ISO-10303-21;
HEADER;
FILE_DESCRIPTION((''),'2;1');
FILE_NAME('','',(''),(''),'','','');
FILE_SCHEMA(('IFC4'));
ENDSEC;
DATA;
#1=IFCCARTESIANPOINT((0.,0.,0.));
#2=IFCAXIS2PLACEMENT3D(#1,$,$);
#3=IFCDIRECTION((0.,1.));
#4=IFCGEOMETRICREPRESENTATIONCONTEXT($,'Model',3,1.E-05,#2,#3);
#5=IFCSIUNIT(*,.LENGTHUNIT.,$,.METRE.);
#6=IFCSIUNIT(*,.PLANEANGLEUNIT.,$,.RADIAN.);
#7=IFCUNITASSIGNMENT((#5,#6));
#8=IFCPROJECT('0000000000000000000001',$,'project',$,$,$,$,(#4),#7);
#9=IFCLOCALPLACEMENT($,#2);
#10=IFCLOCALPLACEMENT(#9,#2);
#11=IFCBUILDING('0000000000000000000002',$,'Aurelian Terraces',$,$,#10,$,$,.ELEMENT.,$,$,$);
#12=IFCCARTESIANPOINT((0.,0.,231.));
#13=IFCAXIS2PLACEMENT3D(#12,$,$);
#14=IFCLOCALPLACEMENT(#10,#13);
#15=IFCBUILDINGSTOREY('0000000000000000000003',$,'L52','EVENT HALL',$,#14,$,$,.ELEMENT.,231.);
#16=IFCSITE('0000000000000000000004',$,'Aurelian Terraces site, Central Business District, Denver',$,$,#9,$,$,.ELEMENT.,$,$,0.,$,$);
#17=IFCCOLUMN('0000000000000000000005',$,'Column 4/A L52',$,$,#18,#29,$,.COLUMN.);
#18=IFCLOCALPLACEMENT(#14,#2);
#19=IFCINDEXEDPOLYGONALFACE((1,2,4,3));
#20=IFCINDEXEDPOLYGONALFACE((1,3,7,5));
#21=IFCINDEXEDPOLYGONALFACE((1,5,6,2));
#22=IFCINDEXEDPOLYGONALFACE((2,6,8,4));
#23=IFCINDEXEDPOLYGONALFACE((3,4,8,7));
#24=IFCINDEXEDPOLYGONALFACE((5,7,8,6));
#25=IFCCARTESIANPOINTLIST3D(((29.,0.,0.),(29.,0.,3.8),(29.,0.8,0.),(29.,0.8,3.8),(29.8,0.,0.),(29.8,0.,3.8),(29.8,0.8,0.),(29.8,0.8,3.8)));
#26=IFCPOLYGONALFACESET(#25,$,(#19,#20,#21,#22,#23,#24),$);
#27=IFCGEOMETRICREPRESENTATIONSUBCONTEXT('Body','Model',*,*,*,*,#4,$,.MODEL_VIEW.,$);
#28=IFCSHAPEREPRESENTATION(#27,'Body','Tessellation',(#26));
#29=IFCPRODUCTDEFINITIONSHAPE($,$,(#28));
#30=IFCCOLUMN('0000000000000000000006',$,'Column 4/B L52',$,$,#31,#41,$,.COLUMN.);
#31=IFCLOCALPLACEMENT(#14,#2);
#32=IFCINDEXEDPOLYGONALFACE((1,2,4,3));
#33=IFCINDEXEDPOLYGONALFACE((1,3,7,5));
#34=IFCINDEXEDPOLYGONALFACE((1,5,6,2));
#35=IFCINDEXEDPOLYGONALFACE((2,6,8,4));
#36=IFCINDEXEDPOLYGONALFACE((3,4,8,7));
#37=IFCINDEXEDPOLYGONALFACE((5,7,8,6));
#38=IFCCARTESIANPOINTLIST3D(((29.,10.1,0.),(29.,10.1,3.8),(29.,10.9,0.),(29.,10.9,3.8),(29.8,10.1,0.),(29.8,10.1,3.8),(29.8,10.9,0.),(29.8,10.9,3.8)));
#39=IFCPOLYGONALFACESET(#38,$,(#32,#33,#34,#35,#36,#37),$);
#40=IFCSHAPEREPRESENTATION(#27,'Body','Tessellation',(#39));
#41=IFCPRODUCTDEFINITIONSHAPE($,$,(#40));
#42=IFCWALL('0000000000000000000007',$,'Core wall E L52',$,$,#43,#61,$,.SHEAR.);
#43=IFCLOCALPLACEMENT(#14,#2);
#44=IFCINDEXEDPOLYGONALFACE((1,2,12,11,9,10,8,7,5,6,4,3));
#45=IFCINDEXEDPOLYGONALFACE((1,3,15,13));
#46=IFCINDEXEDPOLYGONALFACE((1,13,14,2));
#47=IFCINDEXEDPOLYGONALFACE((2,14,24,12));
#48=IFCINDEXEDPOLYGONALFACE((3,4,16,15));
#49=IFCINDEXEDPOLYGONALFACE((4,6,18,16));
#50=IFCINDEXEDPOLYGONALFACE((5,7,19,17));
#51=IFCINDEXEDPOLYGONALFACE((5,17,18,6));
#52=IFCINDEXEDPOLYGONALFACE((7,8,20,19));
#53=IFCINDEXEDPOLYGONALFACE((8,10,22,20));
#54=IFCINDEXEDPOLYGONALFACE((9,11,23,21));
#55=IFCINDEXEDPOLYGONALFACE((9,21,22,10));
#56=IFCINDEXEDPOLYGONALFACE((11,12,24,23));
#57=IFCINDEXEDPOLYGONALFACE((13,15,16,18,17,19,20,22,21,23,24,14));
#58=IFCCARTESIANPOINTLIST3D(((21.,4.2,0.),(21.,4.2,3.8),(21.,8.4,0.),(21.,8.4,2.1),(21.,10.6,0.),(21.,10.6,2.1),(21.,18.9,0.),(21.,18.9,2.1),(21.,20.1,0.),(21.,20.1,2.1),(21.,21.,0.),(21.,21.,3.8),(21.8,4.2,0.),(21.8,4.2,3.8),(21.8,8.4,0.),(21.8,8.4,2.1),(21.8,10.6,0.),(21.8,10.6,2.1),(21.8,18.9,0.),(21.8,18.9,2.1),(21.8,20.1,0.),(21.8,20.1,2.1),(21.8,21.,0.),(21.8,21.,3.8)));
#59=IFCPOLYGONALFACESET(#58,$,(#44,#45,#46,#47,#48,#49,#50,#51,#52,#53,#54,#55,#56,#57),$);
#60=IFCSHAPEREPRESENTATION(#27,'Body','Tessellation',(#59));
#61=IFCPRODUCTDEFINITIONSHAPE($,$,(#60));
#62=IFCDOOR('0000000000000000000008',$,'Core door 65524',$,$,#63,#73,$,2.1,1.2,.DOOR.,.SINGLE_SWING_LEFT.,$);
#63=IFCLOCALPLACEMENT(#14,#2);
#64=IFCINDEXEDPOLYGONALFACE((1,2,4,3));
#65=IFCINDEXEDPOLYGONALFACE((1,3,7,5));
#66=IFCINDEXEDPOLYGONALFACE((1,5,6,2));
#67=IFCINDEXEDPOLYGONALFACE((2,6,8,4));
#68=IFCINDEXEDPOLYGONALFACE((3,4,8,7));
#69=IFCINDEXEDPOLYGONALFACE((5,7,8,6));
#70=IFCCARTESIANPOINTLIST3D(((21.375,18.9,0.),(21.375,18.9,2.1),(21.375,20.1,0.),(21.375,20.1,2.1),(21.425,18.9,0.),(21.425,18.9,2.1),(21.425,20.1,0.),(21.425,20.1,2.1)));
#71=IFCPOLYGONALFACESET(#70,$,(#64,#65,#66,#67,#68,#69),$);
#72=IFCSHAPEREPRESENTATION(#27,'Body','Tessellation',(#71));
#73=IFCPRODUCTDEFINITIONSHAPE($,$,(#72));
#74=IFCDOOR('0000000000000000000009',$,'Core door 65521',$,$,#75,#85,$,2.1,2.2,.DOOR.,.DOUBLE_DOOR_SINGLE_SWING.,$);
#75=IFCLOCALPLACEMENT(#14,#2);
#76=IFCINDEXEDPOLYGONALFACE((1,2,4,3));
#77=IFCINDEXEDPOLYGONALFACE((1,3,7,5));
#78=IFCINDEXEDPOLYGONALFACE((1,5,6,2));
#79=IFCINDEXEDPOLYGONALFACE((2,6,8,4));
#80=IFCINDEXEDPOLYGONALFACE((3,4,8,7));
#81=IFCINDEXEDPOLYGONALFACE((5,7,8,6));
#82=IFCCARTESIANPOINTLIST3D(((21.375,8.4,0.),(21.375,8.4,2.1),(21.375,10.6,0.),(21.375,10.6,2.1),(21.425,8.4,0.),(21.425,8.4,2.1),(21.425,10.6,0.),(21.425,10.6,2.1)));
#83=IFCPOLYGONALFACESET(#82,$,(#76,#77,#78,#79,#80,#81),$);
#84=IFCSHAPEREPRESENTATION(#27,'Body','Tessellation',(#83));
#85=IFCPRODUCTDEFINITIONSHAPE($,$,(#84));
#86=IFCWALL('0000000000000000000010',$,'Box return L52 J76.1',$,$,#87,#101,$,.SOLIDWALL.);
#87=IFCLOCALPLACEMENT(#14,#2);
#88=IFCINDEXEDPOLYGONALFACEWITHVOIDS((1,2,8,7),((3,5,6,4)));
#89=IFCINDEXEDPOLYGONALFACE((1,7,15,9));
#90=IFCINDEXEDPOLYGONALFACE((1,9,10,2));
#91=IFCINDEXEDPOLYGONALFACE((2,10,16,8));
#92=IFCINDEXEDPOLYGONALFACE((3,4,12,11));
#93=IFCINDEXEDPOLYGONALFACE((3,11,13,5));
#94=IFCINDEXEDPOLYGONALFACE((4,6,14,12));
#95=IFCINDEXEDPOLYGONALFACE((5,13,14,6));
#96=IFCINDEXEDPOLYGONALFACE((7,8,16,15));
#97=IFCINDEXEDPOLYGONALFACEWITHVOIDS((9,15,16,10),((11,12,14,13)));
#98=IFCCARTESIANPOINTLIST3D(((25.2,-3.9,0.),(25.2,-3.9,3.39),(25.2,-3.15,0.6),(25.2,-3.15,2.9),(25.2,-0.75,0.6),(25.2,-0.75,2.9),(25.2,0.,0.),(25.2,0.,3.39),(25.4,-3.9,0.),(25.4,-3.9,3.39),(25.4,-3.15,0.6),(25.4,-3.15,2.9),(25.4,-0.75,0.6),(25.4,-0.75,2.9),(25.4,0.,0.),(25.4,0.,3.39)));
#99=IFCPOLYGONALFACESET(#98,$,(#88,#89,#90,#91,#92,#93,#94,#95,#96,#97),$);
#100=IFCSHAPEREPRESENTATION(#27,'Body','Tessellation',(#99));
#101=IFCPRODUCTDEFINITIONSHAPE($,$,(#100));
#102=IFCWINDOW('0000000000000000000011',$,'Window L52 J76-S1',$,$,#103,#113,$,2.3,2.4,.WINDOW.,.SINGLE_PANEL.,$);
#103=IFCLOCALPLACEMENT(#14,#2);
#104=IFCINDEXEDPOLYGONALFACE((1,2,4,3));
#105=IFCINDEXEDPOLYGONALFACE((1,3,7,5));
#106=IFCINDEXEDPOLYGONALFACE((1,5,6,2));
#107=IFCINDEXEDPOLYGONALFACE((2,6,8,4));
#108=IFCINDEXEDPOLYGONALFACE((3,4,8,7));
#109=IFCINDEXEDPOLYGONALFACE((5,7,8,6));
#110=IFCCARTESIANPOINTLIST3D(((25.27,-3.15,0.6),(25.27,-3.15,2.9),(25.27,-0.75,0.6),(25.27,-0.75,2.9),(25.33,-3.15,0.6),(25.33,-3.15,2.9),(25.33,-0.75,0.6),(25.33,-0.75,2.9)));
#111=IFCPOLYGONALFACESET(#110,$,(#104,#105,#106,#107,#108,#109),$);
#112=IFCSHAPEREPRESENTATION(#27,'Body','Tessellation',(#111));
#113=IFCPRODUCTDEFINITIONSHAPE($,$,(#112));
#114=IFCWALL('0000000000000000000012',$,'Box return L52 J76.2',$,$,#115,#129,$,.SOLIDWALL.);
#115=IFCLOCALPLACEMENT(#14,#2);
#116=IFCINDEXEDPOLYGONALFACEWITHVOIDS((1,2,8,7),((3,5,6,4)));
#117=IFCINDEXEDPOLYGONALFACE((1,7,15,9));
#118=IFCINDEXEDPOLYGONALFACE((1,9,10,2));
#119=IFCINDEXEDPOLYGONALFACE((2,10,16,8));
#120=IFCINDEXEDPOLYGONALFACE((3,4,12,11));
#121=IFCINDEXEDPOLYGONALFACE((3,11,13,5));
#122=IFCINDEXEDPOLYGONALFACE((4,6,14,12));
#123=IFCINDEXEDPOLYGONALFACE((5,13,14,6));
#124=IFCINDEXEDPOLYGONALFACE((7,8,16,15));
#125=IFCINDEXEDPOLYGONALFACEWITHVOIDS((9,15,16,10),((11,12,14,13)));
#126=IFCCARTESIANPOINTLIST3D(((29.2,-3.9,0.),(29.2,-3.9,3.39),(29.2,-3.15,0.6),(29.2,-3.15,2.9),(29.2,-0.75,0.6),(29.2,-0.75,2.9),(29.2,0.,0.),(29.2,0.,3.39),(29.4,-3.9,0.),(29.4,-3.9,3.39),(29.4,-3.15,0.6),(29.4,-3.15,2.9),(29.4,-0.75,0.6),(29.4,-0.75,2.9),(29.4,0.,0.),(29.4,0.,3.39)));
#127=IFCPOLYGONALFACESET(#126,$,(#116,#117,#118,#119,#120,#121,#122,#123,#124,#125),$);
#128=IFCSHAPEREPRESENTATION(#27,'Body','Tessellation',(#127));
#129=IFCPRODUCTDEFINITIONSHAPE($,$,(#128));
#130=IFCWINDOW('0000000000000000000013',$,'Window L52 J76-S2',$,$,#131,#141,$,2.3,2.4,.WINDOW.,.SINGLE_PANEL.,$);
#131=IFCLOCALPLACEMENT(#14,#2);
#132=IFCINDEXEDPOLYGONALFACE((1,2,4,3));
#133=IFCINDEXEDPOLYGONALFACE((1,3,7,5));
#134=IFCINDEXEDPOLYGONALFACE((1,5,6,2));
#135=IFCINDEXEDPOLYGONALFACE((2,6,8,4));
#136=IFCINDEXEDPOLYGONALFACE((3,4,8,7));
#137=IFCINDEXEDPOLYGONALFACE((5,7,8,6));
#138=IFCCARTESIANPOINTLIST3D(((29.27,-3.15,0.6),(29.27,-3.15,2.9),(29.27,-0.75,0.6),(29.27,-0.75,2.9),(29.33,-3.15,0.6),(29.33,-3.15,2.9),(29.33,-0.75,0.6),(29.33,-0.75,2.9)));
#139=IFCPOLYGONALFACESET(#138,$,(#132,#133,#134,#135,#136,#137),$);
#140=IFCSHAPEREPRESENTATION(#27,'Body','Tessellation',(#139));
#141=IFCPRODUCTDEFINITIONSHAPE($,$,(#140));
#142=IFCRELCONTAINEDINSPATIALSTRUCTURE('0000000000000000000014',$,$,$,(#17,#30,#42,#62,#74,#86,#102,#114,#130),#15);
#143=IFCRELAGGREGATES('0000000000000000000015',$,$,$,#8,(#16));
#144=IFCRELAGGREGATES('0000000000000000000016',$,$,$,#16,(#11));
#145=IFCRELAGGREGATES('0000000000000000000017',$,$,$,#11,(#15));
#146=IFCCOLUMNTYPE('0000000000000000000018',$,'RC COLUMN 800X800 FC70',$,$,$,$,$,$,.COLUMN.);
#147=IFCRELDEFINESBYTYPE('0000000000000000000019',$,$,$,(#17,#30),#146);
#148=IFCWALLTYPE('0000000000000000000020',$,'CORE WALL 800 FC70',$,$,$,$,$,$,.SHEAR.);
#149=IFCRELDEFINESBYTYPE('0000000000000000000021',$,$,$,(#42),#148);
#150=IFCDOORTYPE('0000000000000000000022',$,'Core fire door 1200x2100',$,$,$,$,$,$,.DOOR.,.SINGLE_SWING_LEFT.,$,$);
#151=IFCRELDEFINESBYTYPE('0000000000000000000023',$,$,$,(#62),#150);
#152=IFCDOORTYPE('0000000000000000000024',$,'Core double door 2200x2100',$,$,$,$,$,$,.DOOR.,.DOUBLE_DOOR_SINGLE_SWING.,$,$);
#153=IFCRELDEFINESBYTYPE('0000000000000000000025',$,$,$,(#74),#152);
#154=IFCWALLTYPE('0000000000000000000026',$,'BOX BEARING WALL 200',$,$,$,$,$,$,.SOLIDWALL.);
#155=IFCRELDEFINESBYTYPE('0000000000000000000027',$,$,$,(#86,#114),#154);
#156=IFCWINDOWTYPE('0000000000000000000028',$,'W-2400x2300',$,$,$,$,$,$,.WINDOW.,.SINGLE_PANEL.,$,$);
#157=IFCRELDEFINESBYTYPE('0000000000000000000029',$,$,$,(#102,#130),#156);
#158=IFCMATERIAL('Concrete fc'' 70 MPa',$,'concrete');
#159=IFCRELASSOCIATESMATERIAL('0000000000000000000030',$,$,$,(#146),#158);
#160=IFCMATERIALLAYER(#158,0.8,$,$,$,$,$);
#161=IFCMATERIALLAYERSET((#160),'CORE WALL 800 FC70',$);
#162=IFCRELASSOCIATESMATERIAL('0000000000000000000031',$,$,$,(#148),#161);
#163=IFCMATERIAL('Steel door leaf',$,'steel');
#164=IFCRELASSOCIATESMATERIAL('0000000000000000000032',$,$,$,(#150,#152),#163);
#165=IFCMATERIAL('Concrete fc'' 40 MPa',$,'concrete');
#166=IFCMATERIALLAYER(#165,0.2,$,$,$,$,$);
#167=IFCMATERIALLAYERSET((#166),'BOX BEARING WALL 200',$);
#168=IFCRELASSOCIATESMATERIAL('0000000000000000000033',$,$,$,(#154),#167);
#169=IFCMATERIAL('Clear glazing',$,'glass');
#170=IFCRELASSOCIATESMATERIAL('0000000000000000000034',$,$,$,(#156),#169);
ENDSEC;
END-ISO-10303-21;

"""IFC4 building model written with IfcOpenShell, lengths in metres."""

from ifc_helpers import new_model, si_unit, direction, frame, frame_2d, origin, origin_2d, place, context, subcontext, project, spatial, rectangle, extrude, source, transform, mapped, material, layer, layer_set, material_profile, profile_set, type_object, element, fill, save


model = new_model("IFC4")

# Units and contexts
model_context = context("Model", 3, precision=1e-05, world=origin(), true_north=direction((0.0, 1.0)))
body_context = subcontext(model_context, "Body", "Model", "MODEL_VIEW")
ifc_project = project(units=[si_unit("LENGTHUNIT", "METRE"), si_unit("PLANEANGLEUNIT", "RADIAN")], contexts=[model_context])

# Site, building, storey
site_placement = place(None, origin())
site = spatial("IfcSite", under=ifc_project, at=site_placement, Name="Aurelian Terraces site, Central Business District, Denver", CompositionType="ELEMENT", RefElevation=0.0)
building_placement = place(site_placement, origin())
building = spatial("IfcBuilding", under=site, at=building_placement, Name="Aurelian Terraces", CompositionType="ELEMENT")
storey_placement = place(building_placement, frame((0.0, 0.0, 231.0)))
storey = spatial("IfcBuildingStorey", under=building, at=storey_placement, Name="L52", Description="EVENT HALL", CompositionType="ELEMENT", Elevation=231.0)

# Columns
ifc_material_1 = material(Name="Concrete fc' 70 MPa", Category="concrete")
ifc_material_profile = material_profile(ifc_material_1, rectangle(XDim=0.8, YDim=0.8, at=origin_2d()))
ifc_profile_set = profile_set([ifc_material_profile], Name="Concrete fc' 70 MPa")
column_type = type_object("IfcColumnType", Name="RC COLUMN 800X800 FC70", PredefinedType="COLUMN", material=ifc_profile_set)
shared_shape_1 = source(origin(), body_context, "Body", "SweptSolid", [
    extrude(rectangle(XDim=0.8, YDim=0.8, at=origin_2d()), origin(), (0.0, 0.0, 1.0), 3.8),
])
for number, where, z_axis, x_axis, name in (
    (1, (29.4, 0.4, 0.0), (0.0, 0.0, 1.0), (1.0, 0.0, 0.0), "Column 4/A L52"),
    (2, (29.4, 10.5, 0.0), (0.0, 0.0, 1.0), (1.0, 0.0, 0.0), "Column 4/B L52"),
):
    element("IfcColumn", number, at=place(storey_placement, frame(where, z_axis=z_axis, x_axis=x_axis)), inside=storey, type_object=column_type, Name=name, PredefinedType="COLUMN", context=body_context, shape_type="MappedRepresentation", body=[
        mapped(shared_shape_1, transform((0.0, 0.0, 0.0), scale=1.0)),
    ])

# Wall, openings, doors
ifc_layer_1 = layer(ifc_material_1, 0.8)
ifc_layer_set_1 = layer_set([ifc_layer_1], Name="CORE WALL 800 FC70")
wall_type_1 = type_object("IfcWallType", Name="CORE WALL 800 FC70", PredefinedType="SHEAR", material=ifc_layer_set_1)
shared_shape_2 = source(origin(), body_context, "Body", "SweptSolid", [
    extrude(rectangle(XDim=16.8, YDim=0.8, at=frame_2d((8.4, 0.0))), origin(), (0.0, 0.0, 1.0), 3.8),
])
wall_1_placement = place(storey_placement, frame((21.4, 4.2, 0.0), z_axis=(0.0, 0.0, 1.0), x_axis=(0.0, 1.0, 0.0)))
wall_1 = element("IfcWall", 3, at=wall_1_placement, inside=storey, type_object=wall_type_1, Name="Core wall E L52", PredefinedType="SHEAR", context=body_context, shape_type="MappedRepresentation", body=[
    mapped(shared_shape_2, transform((0.0, 0.0, 0.0), scale=1.0)),
])
shared_shape_3 = source(origin(), body_context, "Body", "SweptSolid", [
    extrude(rectangle(XDim=2.2, YDim=2.1, at=frame_2d((1.1, 1.05))), frame((0.0, 0.41, 0.0), z_axis=(0.0, -1.0, 0.0), x_axis=(1.0, 0.0, 0.0)), (0.0, 0.0, 1.0), 0.82),
])
opening_1_placement = place(wall_1_placement, frame((4.2, 0.0, 0.0)))
opening_1 = element("IfcOpeningElement", 4, at=opening_1_placement, cuts=wall_1, PredefinedType="OPENING", context=body_context, shape_type="MappedRepresentation", body=[
    mapped(shared_shape_3, transform((0.0, 0.0, 0.0), scale=1.0)),
])
shared_shape_4 = source(origin(), body_context, "Body", "SweptSolid", [
    extrude(rectangle(XDim=1.2, YDim=2.1, at=frame_2d((0.6, 1.05))), frame((0.0, 0.41, 0.0), z_axis=(0.0, -1.0, 0.0), x_axis=(1.0, 0.0, 0.0)), (0.0, 0.0, 1.0), 0.82),
])
opening_2_placement = place(wall_1_placement, frame((14.7, 0.0, 0.0)))
opening_2 = element("IfcOpeningElement", 5, at=opening_2_placement, cuts=wall_1, PredefinedType="OPENING", context=body_context, shape_type="MappedRepresentation", body=[
    mapped(shared_shape_4, transform((0.0, 0.0, 0.0), scale=1.0)),
])
ifc_material_2 = material(Name="Steel door leaf", Category="steel")
door_type_1 = type_object("IfcDoorType", Name="Core fire door 1200x2100", OperationType="SINGLE_SWING_LEFT", PredefinedType="DOOR", material=ifc_material_2)
shared_shape_5 = source(origin(), body_context, "Body", "SweptSolid", [
    extrude(rectangle(XDim=1.2, YDim=2.1, at=frame_2d((0.6, 1.05))), frame((0.0, 0.025, 0.0), z_axis=(0.0, -1.0, 0.0), x_axis=(1.0, 0.0, 0.0)), (0.0, 0.0, 1.0), 0.05),
])
door_1_placement = place(opening_2_placement, origin())
door_1 = element("IfcDoor", 6, at=door_1_placement, inside=storey, type_object=door_type_1, Name="Core door 65524", OperationType="SINGLE_SWING_LEFT", OverallHeight=2.1, OverallWidth=1.2, PredefinedType="DOOR", context=body_context, shape_type="MappedRepresentation", body=[
    mapped(shared_shape_5, transform((0.0, 0.0, 0.0), scale=1.0)),
])
fill(opening_2, door_1)
door_type_2 = type_object("IfcDoorType", Name="Core double door 2200x2100", OperationType="DOUBLE_DOOR_SINGLE_SWING", PredefinedType="DOOR", material=ifc_material_2)
shared_shape_6 = source(origin(), body_context, "Body", "SweptSolid", [
    extrude(rectangle(XDim=2.2, YDim=2.1, at=frame_2d((1.1, 1.05))), frame((0.0, 0.025, 0.0), z_axis=(0.0, -1.0, 0.0), x_axis=(1.0, 0.0, 0.0)), (0.0, 0.0, 1.0), 0.05),
])
door_2_placement = place(opening_1_placement, origin())
door_2 = element("IfcDoor", 7, at=door_2_placement, inside=storey, type_object=door_type_2, Name="Core door 65521", OperationType="DOUBLE_DOOR_SINGLE_SWING", OverallHeight=2.1, OverallWidth=2.2, PredefinedType="DOOR", context=body_context, shape_type="MappedRepresentation", body=[
    mapped(shared_shape_6, transform((0.0, 0.0, 0.0), scale=1.0)),
])
fill(opening_1, door_2)

# Walls, openings, windows
ifc_material_3 = material(Name="Concrete fc' 40 MPa", Category="concrete")
ifc_layer_2 = layer(ifc_material_3, 0.2)
ifc_layer_set_2 = layer_set([ifc_layer_2], Name="BOX BEARING WALL 200")
wall_type_2 = type_object("IfcWallType", Name="BOX BEARING WALL 200", PredefinedType="SOLIDWALL", material=ifc_layer_set_2)
shared_shape_7 = source(origin(), body_context, "Body", "SweptSolid", [
    extrude(rectangle(XDim=3.9, YDim=0.2, at=frame_2d((1.95, 0.0))), origin(), (0.0, 0.0, 1.0), 3.39),
])
wall_2_placement = place(storey_placement, frame((25.3, 0.0, 0.0), z_axis=(0.0, 0.0, 1.0), x_axis=(0.0, -1.0, 0.0)))
wall_2 = element("IfcWall", 8, at=wall_2_placement, inside=storey, type_object=wall_type_2, Name="Box return L52 J76.1", PredefinedType="SOLIDWALL", context=body_context, shape_type="MappedRepresentation", body=[
    mapped(shared_shape_7, transform((0.0, 0.0, 0.0), scale=1.0)),
])
shared_shape_8 = source(origin(), body_context, "Body", "SweptSolid", [
    extrude(rectangle(XDim=2.4, YDim=2.3, at=frame_2d((1.2, 1.15))), frame((0.0, 0.11, 0.0), z_axis=(0.0, -1.0, 0.0), x_axis=(1.0, 0.0, 0.0)), (0.0, 0.0, 1.0), 0.22),
])
opening_3_placement = place(wall_2_placement, frame((0.75, 0.0, 0.6)))
opening_3 = element("IfcOpeningElement", 9, at=opening_3_placement, cuts=wall_2, PredefinedType="OPENING", context=body_context, shape_type="MappedRepresentation", body=[
    mapped(shared_shape_8, transform((0.0, 0.0, 0.0), scale=1.0)),
])
ifc_material_4 = material(Name="Clear glazing", Category="glass")
window_type_1 = type_object("IfcWindowType", Name="W-2400x2300", PartitioningType="SINGLE_PANEL", PredefinedType="WINDOW", material=ifc_material_4)
shared_shape_9 = source(origin(), body_context, "Body", "SweptSolid", [
    extrude(rectangle(XDim=2.4, YDim=2.3, at=frame_2d((1.2, 1.15))), frame((0.0, 0.03, 0.0), z_axis=(0.0, -1.0, 0.0), x_axis=(1.0, 0.0, 0.0)), (0.0, 0.0, 1.0), 0.06),
])
window_1_placement = place(opening_3_placement, origin())
window_1 = element("IfcWindow", 10, at=window_1_placement, inside=storey, type_object=window_type_1, Name="Window L52 J76-S1", OverallHeight=2.3, OverallWidth=2.4, PartitioningType="SINGLE_PANEL", PredefinedType="WINDOW", context=body_context, shape_type="MappedRepresentation", body=[
    mapped(shared_shape_9, transform((0.0, 0.0, 0.0), scale=1.0)),
])
fill(opening_3, window_1)
wall_3_placement = place(storey_placement, frame((29.3, 0.0, 0.0), z_axis=(0.0, 0.0, 1.0), x_axis=(0.0, -1.0, 0.0)))
wall_3 = element("IfcWall", 11, at=wall_3_placement, inside=storey, type_object=wall_type_2, Name="Box return L52 J76.2", PredefinedType="SOLIDWALL", context=body_context, shape_type="MappedRepresentation", body=[
    mapped(shared_shape_7, transform((0.0, 0.0, 0.0), scale=1.0)),
])
opening_4_placement = place(wall_3_placement, frame((0.75, 0.0, 0.6)))
opening_4 = element("IfcOpeningElement", 12, at=opening_4_placement, cuts=wall_3, PredefinedType="OPENING", context=body_context, shape_type="MappedRepresentation", body=[
    mapped(shared_shape_8, transform((0.0, 0.0, 0.0), scale=1.0)),
])
window_2_placement = place(opening_4_placement, origin())
window_2 = element("IfcWindow", 13, at=window_2_placement, inside=storey, type_object=window_type_1, Name="Window L52 J76-S2", OverallHeight=2.3, OverallWidth=2.4, PartitioningType="SINGLE_PANEL", PredefinedType="WINDOW", context=body_context, shape_type="MappedRepresentation", body=[
    mapped(shared_shape_9, transform((0.0, 0.0, 0.0), scale=1.0)),
])
fill(opening_4, window_2)

save(model, "model.ifc")
